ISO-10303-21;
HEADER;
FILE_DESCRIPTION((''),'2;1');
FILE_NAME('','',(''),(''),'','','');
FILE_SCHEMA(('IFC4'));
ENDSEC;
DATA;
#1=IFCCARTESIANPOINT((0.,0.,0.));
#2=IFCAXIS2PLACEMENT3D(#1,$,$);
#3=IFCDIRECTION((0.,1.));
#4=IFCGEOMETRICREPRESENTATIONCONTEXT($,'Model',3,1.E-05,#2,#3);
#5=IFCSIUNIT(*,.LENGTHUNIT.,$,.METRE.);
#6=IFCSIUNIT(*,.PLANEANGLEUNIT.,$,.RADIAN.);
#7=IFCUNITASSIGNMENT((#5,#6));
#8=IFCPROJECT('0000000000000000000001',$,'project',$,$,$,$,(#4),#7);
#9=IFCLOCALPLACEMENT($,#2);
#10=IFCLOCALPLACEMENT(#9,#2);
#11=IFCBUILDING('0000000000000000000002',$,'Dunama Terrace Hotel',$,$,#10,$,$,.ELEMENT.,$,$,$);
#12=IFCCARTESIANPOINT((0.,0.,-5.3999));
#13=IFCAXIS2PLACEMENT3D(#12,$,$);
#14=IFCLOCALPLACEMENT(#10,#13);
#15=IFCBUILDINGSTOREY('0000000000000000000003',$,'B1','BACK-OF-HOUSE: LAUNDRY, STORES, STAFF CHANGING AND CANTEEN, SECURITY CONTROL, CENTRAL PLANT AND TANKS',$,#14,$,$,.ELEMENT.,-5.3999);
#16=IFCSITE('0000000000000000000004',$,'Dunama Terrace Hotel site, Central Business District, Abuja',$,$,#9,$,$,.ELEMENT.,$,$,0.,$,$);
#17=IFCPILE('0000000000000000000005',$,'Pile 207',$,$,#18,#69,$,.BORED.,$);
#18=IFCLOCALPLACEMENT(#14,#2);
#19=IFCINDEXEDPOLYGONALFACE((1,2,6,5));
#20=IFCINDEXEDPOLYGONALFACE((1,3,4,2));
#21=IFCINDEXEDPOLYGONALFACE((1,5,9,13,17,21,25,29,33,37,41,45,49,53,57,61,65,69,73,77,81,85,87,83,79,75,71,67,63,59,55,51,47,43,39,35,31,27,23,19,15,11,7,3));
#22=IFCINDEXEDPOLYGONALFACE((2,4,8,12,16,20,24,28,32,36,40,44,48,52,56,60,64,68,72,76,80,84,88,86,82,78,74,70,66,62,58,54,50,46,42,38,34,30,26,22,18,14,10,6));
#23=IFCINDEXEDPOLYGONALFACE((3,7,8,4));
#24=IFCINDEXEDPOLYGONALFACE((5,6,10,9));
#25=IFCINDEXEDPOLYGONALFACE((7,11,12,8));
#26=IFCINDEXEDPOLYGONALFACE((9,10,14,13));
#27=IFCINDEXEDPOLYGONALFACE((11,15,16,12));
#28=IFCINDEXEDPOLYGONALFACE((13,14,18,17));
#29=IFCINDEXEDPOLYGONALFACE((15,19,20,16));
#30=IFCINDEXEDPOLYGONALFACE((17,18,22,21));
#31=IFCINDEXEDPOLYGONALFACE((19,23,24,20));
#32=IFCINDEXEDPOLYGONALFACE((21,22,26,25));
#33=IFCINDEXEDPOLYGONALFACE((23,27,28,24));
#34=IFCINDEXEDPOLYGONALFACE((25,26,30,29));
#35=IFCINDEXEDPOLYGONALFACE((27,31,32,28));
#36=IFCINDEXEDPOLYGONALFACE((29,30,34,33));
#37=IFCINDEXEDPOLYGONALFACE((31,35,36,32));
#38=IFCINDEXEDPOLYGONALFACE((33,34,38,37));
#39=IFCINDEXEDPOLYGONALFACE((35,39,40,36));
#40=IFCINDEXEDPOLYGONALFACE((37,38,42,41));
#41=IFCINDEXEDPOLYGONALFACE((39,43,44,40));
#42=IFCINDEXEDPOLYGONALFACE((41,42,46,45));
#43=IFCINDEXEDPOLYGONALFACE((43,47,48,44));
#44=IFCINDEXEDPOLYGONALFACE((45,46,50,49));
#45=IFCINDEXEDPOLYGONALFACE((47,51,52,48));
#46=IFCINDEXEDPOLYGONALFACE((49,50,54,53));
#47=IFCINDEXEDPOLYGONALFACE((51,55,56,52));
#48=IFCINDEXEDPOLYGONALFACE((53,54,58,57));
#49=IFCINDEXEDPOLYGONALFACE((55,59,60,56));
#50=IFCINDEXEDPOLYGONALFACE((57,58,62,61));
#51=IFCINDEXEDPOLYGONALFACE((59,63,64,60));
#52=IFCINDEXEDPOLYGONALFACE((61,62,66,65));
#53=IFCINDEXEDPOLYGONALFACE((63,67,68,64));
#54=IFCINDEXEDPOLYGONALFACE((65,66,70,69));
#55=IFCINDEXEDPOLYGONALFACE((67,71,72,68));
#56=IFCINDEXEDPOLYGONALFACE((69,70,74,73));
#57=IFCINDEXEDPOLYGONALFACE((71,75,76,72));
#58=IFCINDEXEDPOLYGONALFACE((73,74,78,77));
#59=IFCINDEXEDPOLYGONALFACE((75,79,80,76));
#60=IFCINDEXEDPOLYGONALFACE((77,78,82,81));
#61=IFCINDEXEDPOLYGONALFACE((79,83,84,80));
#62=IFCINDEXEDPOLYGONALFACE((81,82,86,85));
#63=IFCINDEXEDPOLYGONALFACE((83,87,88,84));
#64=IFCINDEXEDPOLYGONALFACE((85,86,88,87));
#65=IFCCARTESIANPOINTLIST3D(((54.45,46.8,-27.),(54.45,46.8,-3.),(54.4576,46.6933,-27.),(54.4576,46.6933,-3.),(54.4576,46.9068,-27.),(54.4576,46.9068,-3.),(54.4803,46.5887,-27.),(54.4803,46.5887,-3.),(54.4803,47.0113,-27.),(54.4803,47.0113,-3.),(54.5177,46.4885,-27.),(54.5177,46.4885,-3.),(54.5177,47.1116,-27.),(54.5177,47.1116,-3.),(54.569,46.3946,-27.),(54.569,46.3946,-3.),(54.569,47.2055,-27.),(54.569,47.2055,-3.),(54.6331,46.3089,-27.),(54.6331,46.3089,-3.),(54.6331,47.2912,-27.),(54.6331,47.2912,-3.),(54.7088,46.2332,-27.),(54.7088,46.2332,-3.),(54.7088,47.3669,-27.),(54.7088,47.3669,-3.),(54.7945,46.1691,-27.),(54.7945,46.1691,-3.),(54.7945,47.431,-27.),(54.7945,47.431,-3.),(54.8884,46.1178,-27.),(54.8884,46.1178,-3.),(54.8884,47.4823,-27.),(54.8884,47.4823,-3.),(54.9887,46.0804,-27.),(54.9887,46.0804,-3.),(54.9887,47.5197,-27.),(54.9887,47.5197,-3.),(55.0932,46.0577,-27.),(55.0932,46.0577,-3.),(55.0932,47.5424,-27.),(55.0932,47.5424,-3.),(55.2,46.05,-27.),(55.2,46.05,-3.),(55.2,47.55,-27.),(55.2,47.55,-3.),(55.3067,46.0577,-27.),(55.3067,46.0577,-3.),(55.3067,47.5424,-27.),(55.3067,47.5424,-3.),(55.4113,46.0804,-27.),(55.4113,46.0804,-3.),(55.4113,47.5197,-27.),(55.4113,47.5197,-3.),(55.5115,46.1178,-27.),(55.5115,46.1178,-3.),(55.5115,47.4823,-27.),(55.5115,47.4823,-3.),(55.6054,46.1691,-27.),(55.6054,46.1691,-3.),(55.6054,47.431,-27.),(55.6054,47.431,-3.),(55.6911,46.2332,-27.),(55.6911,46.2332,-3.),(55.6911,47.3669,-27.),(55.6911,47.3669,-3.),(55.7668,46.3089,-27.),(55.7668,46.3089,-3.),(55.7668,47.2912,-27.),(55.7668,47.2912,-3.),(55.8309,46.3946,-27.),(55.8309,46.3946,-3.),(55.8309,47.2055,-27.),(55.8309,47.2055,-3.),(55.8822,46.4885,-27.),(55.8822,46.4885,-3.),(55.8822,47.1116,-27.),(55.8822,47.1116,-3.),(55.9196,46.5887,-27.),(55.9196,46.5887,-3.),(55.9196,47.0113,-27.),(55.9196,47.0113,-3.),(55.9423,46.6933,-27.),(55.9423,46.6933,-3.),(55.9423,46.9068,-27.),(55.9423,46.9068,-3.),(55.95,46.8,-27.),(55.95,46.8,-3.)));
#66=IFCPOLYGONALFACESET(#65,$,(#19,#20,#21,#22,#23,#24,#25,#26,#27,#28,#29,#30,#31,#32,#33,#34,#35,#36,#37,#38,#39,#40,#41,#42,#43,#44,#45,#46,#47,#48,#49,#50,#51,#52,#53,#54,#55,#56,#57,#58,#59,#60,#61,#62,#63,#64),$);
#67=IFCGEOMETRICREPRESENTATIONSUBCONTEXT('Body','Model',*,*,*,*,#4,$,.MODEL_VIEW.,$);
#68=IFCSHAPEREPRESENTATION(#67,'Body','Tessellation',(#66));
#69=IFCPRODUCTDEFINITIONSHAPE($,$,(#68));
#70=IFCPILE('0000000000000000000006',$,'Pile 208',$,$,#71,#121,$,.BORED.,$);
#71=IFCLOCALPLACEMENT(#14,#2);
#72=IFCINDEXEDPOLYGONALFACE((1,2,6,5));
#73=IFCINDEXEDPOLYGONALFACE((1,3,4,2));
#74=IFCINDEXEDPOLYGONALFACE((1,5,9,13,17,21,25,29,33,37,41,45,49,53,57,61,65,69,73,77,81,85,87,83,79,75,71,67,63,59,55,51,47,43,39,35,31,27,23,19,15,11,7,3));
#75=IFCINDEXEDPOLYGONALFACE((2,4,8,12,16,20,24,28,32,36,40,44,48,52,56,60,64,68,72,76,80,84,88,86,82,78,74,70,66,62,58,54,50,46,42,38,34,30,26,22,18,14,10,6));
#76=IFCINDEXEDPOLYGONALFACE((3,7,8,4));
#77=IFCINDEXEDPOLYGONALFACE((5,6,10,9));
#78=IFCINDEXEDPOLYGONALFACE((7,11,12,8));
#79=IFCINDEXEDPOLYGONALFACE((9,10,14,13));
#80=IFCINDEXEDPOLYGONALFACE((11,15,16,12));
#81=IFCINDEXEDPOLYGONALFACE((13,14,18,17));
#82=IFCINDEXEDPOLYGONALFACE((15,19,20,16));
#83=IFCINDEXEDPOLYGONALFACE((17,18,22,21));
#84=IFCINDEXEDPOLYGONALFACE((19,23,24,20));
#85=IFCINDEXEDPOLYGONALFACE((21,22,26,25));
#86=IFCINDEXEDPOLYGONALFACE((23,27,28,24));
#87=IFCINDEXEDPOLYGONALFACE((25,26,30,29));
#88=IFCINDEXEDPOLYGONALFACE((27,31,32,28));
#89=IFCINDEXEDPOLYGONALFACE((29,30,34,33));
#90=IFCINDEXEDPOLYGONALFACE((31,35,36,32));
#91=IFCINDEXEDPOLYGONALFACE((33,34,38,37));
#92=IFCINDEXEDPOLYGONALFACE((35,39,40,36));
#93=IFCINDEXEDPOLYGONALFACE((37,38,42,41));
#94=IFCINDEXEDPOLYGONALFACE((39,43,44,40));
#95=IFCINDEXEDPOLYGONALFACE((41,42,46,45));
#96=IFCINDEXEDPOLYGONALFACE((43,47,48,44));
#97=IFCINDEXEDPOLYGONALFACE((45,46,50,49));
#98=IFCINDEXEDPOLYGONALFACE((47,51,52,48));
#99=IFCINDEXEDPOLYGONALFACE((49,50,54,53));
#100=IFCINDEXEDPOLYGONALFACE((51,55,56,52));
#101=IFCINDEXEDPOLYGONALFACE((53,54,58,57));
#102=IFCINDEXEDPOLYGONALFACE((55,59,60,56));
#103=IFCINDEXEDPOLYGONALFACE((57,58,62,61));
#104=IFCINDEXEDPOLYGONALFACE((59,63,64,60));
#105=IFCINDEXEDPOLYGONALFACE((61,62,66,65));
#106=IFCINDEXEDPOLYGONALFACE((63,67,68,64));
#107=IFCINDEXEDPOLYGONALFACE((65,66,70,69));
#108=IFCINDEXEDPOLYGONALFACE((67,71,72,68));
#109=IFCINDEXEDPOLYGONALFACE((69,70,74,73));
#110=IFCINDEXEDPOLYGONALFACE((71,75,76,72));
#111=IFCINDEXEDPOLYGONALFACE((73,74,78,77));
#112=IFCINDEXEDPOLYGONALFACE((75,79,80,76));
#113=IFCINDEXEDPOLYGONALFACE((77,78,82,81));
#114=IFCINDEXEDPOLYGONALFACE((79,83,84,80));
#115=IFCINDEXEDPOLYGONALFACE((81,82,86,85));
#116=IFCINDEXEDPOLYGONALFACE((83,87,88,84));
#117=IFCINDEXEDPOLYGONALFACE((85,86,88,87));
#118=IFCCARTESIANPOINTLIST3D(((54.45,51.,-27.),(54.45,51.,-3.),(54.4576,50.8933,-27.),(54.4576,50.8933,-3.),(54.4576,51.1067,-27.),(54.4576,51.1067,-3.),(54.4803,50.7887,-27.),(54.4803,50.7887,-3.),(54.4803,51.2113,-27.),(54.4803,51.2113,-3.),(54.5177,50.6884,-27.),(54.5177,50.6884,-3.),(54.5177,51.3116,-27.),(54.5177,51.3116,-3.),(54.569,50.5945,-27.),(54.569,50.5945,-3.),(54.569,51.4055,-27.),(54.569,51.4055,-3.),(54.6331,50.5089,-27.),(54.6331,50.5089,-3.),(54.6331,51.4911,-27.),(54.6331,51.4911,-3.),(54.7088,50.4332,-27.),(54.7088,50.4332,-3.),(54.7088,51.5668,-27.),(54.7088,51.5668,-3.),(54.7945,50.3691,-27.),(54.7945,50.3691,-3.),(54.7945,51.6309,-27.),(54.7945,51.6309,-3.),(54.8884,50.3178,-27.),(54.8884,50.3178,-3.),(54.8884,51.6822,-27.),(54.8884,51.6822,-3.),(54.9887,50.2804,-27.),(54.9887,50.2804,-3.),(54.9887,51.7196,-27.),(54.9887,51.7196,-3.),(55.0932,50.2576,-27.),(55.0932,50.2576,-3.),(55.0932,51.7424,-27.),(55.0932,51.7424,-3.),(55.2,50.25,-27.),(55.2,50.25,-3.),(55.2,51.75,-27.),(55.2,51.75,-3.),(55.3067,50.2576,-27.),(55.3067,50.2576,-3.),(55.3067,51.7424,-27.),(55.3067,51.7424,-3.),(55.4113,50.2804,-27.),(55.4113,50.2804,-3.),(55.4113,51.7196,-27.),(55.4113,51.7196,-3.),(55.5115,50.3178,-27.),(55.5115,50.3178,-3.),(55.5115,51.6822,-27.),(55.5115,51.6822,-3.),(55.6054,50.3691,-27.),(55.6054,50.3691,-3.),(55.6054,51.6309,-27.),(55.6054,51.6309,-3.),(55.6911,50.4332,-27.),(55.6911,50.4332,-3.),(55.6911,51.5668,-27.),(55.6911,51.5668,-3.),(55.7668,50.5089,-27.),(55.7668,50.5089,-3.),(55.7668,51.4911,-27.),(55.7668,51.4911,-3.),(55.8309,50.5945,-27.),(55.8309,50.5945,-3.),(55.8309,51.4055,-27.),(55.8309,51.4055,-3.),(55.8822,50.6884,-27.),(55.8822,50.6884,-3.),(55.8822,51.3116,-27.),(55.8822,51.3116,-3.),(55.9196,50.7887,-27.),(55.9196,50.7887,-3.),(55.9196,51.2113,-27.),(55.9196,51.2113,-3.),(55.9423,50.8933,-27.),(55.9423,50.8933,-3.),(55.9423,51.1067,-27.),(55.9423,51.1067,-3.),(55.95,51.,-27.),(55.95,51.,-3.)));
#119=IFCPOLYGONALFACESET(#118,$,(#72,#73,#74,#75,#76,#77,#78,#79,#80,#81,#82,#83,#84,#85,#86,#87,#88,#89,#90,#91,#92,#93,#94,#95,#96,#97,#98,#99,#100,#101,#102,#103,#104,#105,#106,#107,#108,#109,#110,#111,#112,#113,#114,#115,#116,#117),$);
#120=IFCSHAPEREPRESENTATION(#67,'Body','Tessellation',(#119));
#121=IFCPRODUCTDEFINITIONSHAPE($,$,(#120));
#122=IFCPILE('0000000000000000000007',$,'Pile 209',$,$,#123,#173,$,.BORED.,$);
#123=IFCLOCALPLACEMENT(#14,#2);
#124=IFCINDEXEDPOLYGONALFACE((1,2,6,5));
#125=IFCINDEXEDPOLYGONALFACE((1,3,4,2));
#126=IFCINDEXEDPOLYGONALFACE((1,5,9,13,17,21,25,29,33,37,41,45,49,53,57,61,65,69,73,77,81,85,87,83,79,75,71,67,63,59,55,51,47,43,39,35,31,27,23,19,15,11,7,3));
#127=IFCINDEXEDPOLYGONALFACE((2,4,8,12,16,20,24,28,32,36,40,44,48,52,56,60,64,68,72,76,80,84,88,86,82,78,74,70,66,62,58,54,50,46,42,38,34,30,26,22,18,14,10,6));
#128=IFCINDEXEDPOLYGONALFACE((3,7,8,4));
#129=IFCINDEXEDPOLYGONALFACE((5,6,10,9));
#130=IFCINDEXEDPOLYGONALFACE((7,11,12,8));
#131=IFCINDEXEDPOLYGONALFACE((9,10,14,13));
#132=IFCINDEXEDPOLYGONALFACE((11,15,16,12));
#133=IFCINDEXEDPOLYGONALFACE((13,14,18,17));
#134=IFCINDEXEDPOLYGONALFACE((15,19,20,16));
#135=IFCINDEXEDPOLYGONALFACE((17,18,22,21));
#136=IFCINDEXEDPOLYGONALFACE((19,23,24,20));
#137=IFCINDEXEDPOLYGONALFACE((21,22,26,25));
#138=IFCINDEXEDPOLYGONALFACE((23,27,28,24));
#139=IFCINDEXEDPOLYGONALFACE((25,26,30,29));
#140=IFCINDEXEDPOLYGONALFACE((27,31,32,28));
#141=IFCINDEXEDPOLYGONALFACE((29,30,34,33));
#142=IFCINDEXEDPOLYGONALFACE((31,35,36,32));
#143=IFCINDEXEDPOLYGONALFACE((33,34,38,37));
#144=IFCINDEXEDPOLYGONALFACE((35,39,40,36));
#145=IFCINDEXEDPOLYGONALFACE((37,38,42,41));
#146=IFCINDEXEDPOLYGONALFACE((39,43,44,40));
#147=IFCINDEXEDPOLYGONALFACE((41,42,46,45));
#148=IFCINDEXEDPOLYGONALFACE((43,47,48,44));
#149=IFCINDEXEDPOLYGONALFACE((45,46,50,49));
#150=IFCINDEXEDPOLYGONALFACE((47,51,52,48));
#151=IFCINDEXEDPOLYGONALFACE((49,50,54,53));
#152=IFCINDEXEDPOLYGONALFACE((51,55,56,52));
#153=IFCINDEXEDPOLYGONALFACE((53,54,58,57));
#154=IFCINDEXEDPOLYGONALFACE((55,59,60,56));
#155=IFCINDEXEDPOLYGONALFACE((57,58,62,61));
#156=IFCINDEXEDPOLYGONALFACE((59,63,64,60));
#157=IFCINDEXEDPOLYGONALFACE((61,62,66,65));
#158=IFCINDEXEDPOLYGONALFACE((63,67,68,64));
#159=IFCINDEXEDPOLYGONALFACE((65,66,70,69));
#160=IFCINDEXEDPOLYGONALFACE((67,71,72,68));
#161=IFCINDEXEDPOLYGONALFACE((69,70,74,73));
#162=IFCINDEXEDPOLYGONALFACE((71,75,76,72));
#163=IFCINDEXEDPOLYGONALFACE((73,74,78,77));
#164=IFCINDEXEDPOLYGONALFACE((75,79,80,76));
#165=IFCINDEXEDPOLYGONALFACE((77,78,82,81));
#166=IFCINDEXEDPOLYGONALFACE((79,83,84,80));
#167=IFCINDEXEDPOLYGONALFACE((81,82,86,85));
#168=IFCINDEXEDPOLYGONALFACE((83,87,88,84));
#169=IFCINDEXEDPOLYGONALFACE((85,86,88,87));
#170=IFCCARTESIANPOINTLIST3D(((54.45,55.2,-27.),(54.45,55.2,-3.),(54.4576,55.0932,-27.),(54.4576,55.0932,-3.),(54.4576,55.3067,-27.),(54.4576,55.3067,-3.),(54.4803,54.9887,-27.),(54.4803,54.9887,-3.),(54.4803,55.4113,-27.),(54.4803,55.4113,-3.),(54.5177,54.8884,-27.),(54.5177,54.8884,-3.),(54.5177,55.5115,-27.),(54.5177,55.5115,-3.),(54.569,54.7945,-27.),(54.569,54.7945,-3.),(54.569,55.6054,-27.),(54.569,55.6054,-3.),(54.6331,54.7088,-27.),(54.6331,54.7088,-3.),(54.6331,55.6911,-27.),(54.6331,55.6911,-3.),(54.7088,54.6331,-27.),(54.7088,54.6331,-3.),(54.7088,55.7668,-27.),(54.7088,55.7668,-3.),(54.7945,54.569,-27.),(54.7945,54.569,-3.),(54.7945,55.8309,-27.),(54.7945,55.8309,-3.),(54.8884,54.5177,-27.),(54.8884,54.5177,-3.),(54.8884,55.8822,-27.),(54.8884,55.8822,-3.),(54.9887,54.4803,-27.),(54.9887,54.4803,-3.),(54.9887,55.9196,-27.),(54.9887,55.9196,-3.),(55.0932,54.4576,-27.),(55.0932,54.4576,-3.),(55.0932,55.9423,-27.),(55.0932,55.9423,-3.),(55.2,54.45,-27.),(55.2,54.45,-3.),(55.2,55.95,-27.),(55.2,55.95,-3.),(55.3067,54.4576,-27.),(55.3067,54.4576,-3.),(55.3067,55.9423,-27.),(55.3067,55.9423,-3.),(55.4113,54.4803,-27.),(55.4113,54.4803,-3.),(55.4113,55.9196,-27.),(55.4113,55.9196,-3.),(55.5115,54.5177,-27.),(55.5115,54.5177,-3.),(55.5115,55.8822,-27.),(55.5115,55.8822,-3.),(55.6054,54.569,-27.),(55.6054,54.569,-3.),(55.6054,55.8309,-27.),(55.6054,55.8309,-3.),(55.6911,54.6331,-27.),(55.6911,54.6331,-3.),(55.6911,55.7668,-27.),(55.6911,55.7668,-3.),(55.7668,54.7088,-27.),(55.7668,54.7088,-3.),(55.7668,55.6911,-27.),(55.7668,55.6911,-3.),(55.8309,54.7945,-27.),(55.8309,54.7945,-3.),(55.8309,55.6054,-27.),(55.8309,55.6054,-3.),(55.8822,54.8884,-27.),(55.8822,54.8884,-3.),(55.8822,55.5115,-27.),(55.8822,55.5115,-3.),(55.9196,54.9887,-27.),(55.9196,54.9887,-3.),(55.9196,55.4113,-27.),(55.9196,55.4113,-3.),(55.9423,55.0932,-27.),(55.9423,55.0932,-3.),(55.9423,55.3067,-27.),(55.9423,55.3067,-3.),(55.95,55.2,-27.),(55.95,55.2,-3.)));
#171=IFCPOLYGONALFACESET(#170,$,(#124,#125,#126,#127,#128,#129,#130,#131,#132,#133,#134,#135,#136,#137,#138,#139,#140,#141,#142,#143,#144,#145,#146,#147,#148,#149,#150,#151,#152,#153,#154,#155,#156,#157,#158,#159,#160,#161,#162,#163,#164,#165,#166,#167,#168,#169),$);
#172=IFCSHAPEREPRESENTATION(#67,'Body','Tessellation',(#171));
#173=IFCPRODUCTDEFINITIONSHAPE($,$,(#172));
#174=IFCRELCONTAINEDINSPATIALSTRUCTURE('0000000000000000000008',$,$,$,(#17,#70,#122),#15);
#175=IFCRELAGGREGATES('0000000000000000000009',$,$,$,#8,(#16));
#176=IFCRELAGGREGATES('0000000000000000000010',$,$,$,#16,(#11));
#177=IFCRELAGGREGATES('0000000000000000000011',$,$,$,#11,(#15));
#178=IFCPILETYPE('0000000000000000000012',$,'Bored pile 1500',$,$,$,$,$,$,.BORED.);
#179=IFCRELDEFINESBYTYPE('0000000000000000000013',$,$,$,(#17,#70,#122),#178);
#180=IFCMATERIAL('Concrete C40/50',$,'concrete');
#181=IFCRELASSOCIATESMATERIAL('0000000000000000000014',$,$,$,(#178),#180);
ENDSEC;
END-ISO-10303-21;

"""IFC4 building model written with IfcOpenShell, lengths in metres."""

from ifc_helpers import new_model, si_unit, direction, frame, origin, origin_2d, place, context, subcontext, project, spatial, circle, extrude, material, material_profile, profile_set, type_object, element, save


model = new_model("IFC4")

# Units and contexts
model_context = context("Model", 3, precision=1e-05, world=origin(), true_north=direction((0.0, 1.0)))
body_context = subcontext(model_context, "Body", "Model", "MODEL_VIEW")
ifc_project = project(units=[si_unit("LENGTHUNIT", "METRE"), si_unit("PLANEANGLEUNIT", "RADIAN")], contexts=[model_context])

# Site, building, storey
site_placement = place(None, origin())
site = spatial("IfcSite", under=ifc_project, at=site_placement, Name="Dunama Terrace Hotel site, Central Business District, Abuja", CompositionType="ELEMENT", RefElevation=0.0)
building_placement = place(site_placement, origin())
building = spatial("IfcBuilding", under=site, at=building_placement, Name="Dunama Terrace Hotel", CompositionType="ELEMENT")
storey_placement = place(building_placement, frame((0.0, 0.0, -5.3999)))
storey = spatial("IfcBuildingStorey", under=building, at=storey_placement, Name="B1", Description="BACK-OF-HOUSE: LAUNDRY, STORES, STAFF CHANGING AND CANTEEN, SECURITY CONTROL, CENTRAL PLANT AND TANKS", CompositionType="ELEMENT", Elevation=-5.3999)

# Piles
ifc_material_1 = material(Name="Concrete C40/50", Category="concrete")
ifc_material_profile_1 = material_profile(ifc_material_1, circle(Radius=0.75, at=origin_2d()), Name="PILE D1500")
ifc_profile_set_1 = profile_set([ifc_material_profile_1], Name="Concrete C40/50")
pile_type = type_object("IfcPileType", Name="Bored pile 1500", PredefinedType="BORED", material=ifc_profile_set_1)
for number, where, z_axis, x_axis, name in (
    (1, (55.2, 46.8, -3.0), (0.0, 0.0, -1.0), (1.0, 0.0, 0.0), "Pile 207"),
    (2, (55.2, 51.0, -3.0), (0.0, 0.0, -1.0), (1.0, 0.0, 0.0), "Pile 208"),
    (3, (55.2, 55.2, -3.0), (0.0, 0.0, -1.0), (1.0, 0.0, 0.0), "Pile 209"),
):
    element("IfcPile", number, at=place(storey_placement, frame(where, z_axis=z_axis, x_axis=x_axis)), inside=storey, type_object=pile_type, Name=name, PredefinedType="BORED", context=body_context, shape_type="SweptSolid", body=[
        extrude(circle(Radius=0.75, at=origin_2d()), origin(), (0.0, 0.0, 1.0), 24.0),
    ])

save(model, "model.ifc")
